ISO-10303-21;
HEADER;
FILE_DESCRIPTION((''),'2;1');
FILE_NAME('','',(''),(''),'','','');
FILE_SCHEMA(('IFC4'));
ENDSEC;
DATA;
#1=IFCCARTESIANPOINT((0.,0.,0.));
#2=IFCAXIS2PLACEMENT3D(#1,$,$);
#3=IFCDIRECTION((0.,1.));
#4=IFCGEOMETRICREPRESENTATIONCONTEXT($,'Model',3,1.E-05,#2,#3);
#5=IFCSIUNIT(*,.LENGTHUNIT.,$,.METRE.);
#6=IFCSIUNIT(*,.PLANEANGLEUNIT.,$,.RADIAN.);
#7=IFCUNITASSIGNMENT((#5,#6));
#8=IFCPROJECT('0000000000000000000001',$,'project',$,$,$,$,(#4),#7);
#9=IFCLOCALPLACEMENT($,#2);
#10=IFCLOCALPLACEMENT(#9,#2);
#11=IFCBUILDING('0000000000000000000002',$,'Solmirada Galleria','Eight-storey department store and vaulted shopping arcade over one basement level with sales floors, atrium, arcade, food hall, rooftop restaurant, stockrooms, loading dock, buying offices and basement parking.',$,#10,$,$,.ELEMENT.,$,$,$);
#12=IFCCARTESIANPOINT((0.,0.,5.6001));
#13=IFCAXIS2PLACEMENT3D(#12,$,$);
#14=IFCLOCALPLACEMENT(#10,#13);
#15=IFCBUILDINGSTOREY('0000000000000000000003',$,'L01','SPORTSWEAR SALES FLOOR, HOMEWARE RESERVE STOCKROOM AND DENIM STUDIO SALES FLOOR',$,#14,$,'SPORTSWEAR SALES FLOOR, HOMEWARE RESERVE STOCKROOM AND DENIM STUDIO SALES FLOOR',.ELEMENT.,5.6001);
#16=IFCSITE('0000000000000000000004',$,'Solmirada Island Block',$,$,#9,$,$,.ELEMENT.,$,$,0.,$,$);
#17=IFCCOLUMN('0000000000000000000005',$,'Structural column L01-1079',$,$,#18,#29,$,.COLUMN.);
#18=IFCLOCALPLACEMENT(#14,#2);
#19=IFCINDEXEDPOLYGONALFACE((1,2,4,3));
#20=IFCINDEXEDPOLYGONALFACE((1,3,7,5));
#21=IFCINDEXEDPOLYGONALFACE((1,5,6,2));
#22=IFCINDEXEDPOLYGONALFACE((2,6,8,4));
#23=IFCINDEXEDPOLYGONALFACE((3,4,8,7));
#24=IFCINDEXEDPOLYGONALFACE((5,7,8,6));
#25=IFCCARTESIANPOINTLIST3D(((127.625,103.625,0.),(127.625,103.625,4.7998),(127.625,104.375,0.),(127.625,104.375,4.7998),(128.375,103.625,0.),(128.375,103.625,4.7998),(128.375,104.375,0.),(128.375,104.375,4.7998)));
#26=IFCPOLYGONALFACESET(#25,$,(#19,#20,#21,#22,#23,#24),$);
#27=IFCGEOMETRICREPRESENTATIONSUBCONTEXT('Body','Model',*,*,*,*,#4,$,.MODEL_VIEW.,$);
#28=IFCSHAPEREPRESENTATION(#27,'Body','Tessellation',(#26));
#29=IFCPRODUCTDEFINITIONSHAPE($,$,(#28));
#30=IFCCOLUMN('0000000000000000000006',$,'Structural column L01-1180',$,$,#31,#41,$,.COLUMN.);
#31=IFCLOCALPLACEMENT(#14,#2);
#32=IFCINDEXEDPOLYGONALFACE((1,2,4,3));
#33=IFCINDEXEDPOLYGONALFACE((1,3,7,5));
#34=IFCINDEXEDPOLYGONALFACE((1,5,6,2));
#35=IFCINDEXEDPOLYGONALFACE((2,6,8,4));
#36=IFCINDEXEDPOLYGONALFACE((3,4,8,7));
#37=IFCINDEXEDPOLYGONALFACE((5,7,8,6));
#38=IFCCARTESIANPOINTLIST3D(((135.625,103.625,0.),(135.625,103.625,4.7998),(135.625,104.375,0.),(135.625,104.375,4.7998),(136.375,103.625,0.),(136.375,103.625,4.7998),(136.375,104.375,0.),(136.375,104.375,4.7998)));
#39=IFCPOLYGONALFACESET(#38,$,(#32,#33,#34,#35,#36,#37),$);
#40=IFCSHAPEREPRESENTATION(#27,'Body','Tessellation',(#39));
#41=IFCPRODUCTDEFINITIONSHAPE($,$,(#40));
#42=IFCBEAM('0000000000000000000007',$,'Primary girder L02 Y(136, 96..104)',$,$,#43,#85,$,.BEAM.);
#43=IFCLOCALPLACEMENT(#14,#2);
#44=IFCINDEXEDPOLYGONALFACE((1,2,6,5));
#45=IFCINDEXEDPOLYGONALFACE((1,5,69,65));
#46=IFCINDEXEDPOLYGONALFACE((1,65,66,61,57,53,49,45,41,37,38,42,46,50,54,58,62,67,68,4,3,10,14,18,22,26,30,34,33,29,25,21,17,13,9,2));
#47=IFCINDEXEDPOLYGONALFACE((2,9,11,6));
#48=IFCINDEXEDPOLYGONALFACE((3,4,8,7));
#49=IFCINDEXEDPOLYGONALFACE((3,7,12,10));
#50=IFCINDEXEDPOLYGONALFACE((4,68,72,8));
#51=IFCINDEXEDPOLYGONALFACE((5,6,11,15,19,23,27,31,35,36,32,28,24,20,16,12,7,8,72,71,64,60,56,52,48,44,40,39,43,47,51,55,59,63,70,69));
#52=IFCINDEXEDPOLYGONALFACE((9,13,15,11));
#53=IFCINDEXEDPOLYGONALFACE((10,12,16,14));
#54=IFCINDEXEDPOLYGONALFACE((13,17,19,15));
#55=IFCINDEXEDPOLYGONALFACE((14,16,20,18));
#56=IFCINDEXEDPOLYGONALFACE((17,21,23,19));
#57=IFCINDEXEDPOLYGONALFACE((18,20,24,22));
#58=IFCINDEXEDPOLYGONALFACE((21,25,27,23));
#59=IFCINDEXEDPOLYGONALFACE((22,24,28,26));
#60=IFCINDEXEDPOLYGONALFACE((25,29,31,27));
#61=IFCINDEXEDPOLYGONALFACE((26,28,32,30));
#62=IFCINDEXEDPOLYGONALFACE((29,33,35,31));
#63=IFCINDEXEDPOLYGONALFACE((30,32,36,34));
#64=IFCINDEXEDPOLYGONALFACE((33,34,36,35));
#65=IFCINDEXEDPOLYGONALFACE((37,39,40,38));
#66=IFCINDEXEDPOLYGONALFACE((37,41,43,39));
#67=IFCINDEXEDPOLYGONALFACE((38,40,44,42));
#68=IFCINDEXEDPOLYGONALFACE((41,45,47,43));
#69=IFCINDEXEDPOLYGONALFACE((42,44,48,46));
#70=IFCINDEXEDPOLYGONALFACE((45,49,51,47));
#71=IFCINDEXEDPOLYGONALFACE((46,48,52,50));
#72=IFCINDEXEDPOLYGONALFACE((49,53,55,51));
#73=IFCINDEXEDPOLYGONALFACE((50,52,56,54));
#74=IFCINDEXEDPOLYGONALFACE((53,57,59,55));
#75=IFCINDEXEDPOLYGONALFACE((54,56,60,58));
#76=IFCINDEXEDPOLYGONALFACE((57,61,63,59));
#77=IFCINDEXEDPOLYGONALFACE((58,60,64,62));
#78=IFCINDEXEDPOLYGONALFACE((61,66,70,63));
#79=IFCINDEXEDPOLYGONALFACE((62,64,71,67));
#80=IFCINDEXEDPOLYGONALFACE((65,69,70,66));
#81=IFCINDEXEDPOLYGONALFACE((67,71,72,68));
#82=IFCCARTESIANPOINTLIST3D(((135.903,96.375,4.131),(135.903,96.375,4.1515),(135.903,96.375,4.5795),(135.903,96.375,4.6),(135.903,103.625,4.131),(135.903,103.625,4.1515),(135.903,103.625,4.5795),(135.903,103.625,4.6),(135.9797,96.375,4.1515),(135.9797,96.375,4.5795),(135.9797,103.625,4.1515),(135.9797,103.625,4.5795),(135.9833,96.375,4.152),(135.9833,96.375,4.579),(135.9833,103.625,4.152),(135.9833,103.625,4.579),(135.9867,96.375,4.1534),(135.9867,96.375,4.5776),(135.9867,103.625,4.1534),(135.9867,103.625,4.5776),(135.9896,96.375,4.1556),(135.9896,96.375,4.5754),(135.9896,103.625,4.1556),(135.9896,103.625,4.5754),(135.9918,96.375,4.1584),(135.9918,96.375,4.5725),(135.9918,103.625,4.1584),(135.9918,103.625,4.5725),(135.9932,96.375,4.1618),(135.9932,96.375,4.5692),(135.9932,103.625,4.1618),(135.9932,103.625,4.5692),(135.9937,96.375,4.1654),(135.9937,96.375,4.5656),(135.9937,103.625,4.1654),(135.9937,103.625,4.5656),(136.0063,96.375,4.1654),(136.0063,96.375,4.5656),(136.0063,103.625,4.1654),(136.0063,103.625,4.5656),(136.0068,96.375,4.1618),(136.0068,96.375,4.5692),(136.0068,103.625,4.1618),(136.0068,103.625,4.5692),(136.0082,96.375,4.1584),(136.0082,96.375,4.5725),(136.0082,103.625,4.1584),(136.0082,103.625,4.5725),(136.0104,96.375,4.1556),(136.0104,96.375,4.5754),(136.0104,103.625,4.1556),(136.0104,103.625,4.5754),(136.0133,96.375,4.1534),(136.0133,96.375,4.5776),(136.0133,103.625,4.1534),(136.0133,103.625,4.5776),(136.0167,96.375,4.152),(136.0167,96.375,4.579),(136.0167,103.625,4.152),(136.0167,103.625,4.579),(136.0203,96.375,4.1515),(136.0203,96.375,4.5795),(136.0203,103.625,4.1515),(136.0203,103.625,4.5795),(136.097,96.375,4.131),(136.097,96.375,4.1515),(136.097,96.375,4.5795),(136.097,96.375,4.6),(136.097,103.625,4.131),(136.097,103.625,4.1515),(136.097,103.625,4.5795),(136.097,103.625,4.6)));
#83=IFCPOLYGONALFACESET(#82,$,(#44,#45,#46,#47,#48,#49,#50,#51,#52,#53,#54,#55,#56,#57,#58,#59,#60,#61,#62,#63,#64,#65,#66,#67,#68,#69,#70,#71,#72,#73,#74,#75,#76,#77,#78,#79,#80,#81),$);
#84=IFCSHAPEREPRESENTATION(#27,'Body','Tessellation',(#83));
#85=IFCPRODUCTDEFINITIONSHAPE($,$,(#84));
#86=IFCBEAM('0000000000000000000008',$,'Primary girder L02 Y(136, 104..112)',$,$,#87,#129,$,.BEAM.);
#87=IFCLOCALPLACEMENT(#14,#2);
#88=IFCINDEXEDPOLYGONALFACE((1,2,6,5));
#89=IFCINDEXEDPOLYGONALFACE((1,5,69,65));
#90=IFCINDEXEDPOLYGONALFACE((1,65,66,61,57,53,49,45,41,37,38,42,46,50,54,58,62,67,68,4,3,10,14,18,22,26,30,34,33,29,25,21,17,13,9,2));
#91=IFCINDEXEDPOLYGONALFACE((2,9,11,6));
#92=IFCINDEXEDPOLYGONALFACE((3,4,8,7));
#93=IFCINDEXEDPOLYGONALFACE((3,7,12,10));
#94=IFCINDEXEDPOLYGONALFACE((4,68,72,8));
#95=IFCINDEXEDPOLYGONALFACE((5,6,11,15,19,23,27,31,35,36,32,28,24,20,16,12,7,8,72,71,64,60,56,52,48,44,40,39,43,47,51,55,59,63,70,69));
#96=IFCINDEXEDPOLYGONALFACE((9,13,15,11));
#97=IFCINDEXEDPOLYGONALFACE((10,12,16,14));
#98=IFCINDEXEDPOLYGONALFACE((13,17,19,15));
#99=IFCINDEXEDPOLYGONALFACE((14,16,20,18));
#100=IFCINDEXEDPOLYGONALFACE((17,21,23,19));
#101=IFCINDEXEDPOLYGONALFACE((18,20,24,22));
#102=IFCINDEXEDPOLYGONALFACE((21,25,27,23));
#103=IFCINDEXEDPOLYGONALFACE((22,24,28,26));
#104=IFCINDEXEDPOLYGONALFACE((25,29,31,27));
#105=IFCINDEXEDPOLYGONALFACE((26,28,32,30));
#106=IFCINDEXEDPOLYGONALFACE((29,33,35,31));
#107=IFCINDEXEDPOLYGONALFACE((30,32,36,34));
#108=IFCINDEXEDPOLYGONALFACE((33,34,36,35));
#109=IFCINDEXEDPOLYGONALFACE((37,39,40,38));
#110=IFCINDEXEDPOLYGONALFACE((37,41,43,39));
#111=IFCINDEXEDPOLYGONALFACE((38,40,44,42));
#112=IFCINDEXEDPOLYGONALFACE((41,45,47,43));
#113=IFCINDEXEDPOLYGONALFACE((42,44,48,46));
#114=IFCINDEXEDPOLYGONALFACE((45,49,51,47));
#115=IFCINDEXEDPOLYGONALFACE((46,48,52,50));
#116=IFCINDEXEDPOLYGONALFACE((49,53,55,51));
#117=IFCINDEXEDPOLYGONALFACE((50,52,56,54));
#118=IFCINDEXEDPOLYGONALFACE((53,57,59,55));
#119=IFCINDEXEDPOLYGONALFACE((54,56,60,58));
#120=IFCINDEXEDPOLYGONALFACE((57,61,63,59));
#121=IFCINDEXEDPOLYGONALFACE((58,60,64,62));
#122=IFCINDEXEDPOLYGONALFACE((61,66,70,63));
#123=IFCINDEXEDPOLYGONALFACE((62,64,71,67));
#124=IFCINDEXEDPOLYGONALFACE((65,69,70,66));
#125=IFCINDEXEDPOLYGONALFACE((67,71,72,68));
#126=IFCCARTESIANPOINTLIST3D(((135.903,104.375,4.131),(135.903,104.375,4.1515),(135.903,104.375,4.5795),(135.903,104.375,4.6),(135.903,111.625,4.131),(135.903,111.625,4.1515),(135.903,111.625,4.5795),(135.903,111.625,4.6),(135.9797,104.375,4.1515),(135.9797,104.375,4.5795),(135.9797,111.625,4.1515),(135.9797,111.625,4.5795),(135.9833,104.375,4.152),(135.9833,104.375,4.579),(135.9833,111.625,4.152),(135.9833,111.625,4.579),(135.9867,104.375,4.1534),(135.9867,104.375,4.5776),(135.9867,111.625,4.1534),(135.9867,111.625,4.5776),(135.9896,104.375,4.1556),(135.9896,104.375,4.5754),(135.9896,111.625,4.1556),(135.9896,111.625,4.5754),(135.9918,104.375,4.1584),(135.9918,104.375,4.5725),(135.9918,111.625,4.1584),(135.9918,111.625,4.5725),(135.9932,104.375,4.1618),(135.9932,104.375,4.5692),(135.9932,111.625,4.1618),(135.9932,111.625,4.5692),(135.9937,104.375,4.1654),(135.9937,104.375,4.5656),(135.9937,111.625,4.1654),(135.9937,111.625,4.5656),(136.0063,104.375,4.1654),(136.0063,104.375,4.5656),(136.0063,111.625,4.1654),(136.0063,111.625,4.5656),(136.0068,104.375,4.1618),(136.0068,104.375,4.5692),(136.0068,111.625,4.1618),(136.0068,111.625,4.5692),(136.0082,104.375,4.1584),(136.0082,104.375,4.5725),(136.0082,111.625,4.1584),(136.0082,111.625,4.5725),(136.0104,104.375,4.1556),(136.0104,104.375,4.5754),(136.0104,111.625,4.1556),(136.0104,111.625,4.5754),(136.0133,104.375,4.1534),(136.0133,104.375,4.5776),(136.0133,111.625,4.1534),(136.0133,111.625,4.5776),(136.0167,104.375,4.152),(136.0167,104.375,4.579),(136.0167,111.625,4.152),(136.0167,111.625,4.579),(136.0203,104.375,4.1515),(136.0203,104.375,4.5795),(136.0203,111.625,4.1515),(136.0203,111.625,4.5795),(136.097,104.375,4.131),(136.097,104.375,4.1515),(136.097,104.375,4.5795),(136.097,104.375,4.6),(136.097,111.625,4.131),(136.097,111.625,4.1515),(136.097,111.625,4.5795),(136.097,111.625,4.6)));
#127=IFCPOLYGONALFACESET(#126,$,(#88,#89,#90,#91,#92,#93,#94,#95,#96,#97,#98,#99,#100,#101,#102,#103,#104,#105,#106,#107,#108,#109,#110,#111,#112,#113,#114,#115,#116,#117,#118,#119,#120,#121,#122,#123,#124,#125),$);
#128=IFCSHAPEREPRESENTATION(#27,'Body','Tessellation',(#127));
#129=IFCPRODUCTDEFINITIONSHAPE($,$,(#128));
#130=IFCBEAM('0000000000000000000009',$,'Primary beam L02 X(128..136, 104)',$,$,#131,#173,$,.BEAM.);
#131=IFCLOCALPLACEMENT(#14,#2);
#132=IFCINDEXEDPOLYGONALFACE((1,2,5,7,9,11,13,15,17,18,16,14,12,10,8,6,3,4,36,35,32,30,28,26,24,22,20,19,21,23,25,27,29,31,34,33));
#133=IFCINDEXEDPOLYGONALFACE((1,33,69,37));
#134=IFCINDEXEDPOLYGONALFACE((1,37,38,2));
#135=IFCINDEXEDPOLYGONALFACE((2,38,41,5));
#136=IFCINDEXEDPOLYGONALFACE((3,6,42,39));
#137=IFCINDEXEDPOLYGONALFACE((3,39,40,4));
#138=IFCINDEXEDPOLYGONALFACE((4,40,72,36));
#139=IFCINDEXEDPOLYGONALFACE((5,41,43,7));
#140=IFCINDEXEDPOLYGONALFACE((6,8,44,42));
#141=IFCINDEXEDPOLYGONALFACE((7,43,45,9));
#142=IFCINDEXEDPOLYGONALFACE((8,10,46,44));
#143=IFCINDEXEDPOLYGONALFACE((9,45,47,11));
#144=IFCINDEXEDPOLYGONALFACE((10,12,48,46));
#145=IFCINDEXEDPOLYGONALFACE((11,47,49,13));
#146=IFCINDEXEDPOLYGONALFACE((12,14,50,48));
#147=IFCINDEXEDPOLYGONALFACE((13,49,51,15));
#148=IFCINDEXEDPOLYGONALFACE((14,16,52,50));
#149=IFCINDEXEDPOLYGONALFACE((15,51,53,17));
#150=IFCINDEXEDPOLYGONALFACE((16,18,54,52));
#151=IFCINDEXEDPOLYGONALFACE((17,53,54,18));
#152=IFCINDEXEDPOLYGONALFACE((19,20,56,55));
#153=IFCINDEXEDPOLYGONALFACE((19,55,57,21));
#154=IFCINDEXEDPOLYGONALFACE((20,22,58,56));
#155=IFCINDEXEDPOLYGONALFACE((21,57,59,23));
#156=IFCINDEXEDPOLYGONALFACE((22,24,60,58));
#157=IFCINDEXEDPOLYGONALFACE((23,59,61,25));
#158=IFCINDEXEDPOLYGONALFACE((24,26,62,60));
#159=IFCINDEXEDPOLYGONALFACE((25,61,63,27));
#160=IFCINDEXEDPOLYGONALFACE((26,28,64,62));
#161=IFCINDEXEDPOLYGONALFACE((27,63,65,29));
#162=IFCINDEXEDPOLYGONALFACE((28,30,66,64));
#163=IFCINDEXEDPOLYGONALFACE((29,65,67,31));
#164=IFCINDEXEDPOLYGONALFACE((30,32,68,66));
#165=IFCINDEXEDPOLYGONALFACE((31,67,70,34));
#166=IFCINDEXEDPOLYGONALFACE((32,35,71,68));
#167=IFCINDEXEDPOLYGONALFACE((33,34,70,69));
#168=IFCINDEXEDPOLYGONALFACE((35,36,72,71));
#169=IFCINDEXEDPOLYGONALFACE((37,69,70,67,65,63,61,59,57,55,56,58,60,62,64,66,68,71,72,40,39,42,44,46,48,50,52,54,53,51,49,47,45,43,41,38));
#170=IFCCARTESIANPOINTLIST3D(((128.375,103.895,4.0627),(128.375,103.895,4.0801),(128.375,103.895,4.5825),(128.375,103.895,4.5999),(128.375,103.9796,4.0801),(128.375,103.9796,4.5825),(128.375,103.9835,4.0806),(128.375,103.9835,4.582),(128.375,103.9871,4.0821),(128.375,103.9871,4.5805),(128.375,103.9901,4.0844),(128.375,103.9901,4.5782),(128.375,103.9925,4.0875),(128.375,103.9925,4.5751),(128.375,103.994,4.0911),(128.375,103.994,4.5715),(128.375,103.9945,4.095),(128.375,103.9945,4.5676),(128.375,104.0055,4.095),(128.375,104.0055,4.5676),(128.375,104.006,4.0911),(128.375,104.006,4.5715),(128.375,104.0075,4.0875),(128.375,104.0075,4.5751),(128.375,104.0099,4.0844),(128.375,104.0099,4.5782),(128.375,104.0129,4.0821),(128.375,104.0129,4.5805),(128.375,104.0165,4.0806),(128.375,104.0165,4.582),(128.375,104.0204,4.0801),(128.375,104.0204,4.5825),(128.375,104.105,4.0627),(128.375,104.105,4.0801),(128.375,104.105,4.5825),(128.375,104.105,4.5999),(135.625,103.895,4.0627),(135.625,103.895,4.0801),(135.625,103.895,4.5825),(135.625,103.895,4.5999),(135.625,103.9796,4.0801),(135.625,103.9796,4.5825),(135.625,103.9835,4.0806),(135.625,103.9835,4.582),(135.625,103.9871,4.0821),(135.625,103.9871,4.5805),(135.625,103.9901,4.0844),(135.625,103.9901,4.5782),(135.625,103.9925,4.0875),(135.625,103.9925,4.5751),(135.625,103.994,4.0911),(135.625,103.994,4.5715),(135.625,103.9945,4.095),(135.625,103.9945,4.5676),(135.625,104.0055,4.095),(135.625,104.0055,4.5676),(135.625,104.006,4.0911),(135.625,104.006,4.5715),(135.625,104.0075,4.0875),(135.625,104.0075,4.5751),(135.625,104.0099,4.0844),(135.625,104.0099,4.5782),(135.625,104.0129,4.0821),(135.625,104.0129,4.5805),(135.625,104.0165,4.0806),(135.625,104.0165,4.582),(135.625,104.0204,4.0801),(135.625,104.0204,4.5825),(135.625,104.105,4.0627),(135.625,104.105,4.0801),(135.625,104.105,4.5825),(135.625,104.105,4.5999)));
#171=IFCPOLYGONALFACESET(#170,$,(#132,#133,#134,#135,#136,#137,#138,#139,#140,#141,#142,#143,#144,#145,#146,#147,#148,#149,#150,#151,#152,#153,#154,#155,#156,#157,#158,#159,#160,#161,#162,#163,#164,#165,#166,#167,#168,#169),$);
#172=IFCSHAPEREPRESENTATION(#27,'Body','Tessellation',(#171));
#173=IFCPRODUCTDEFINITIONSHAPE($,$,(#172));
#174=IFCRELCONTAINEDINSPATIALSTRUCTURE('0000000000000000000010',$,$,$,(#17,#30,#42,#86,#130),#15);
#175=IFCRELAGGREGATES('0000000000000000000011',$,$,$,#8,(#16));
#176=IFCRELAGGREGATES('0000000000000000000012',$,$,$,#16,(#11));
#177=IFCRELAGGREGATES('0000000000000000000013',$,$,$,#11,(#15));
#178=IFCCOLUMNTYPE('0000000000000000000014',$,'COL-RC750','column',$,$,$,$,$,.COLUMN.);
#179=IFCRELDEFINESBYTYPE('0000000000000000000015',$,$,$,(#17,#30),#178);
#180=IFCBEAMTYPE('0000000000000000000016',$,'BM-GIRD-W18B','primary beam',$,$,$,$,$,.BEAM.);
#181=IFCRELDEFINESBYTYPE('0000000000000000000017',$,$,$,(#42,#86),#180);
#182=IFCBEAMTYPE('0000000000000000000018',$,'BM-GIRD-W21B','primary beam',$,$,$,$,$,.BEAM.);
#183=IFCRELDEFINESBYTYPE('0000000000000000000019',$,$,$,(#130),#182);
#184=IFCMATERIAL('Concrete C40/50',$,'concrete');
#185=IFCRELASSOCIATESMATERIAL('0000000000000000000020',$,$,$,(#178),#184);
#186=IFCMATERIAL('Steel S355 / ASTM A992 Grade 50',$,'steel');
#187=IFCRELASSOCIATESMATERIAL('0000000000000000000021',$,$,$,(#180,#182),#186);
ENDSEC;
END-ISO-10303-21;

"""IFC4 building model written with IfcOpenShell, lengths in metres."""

from ifc_helpers import new_model, si_unit, direction, frame, origin, origin_2d, place, context, subcontext, project, spatial, rectangle, i_section, extrude, material, material_profile, profile_set, type_object, element, save


model = new_model("IFC4")

# Units and contexts
model_context = context("Model", 3, precision=1e-05, world=origin(), true_north=direction((0.0, 1.0)))
body_context = subcontext(model_context, "Body", "Model", "MODEL_VIEW")
ifc_project = project(units=[si_unit("LENGTHUNIT", "METRE"), si_unit("PLANEANGLEUNIT", "RADIAN")], contexts=[model_context])

# Site, building, storey
site_placement = place(None, origin())
site = spatial("IfcSite", under=ifc_project, at=site_placement, Name="Solmirada Island Block", CompositionType="ELEMENT", RefElevation=0.0)
building_placement = place(site_placement, origin())
building = spatial("IfcBuilding", under=site, at=building_placement, Name="Solmirada Galleria", Description="Eight-storey department store and vaulted shopping arcade over one basement level with sales floors, atrium, arcade, food hall, rooftop restaurant, stockrooms, loading dock, buying offices and basement parking.", CompositionType="ELEMENT")
storey_placement = place(building_placement, frame((0.0, 0.0, 5.6001)))
storey = spatial("IfcBuildingStorey", under=building, at=storey_placement, Name="L01", Description="SPORTSWEAR SALES FLOOR, HOMEWARE RESERVE STOCKROOM AND DENIM STUDIO SALES FLOOR", LongName="SPORTSWEAR SALES FLOOR, HOMEWARE RESERVE STOCKROOM AND DENIM STUDIO SALES FLOOR", CompositionType="ELEMENT", Elevation=5.6001)

# Columns
ifc_material_1 = material(Name="Concrete C40/50", Category="concrete")
ifc_material_profile_1 = material_profile(ifc_material_1, rectangle(XDim=0.75, YDim=0.75, at=origin_2d()), Name="RC750X750")
ifc_profile_set_1 = profile_set([ifc_material_profile_1], Name="Concrete C40/50")
column_type = type_object("IfcColumnType", Name="COL-RC750", Description="column", PredefinedType="COLUMN", material=ifc_profile_set_1)
for number, where, z_axis, x_axis, name in (
    (1, (128.0, 104.0, 0.0), (0.0, 0.0, 1.0), (1.0, 0.0, 0.0), "Structural column L01-1079"),
    (2, (136.0, 104.0, 0.0), (0.0, 0.0, 1.0), (1.0, 0.0, 0.0), "Structural column L01-1180"),
):
    element("IfcColumn", number, at=place(storey_placement, frame(where, z_axis=z_axis, x_axis=x_axis)), inside=storey, type_object=column_type, Name=name, PredefinedType="COLUMN", context=body_context, shape_type="SweptSolid", body=[
        extrude(rectangle(XDim=0.75, YDim=0.75, at=origin_2d()), origin(), (0.0, 0.0, 1.0), 4.7998),
    ])

# Beams
ifc_material_2 = material(Name="Steel S355 / ASTM A992 Grade 50", Category="steel")
ifc_material_profile_2 = material_profile(ifc_material_2, i_section(OverallWidth=0.1941, OverallDepth=0.469, WebThickness=0.0127, FlangeThickness=0.0205, FilletRadius=0.0139, at=origin_2d()), Name="W18X71")
ifc_profile_set_2 = profile_set([ifc_material_profile_2], Name="Steel S355 / ASTM A992 Grade 50")
beam_type_1 = type_object("IfcBeamType", Name="BM-GIRD-W18B", Description="primary beam", PredefinedType="BEAM", material=ifc_profile_set_2)
for number, where, z_axis, x_axis, name in (
    (3, (136.0, 96.375, 4.3655), (0.0, 1.0, 0.0), (-1.0, 0.0, 0.0), "Primary girder L02 Y(136, 96..104)"),
    (4, (136.0, 104.375, 4.3655), (0.0, 1.0, 0.0), (-1.0, 0.0, 0.0), "Primary girder L02 Y(136, 104..112)"),
):
    element("IfcBeam", number, at=place(storey_placement, frame(where, z_axis=z_axis, x_axis=x_axis)), inside=storey, type_object=beam_type_1, Name=name, PredefinedType="BEAM", context=body_context, shape_type="SweptSolid", body=[
        extrude(i_section(OverallWidth=0.1941, OverallDepth=0.469, WebThickness=0.0127, FlangeThickness=0.0205, FilletRadius=0.0139, at=origin_2d()), origin(), (0.0, 0.0, 1.0), 7.25),
    ])
ifc_material_profile_3 = material_profile(ifc_material_2, i_section(OverallWidth=0.21, OverallDepth=0.5371, WebThickness=0.011, FlangeThickness=0.0173, FilletRadius=0.0149, at=origin_2d()), Name="W21X68")
ifc_profile_set_3 = profile_set([ifc_material_profile_3], Name="Steel S355 / ASTM A992 Grade 50")
beam_type_2 = type_object("IfcBeamType", Name="BM-GIRD-W21B", Description="primary beam", PredefinedType="BEAM", material=ifc_profile_set_3)
for number, where, z_axis, x_axis, name in (
    (5, (128.375, 104.0, 4.3313), (1.0, 0.0, 0.0), (0.0, 1.0, 0.0), "Primary beam L02 X(128..136, 104)"),
):
    element("IfcBeam", number, at=place(storey_placement, frame(where, z_axis=z_axis, x_axis=x_axis)), inside=storey, type_object=beam_type_2, Name=name, PredefinedType="BEAM", context=body_context, shape_type="SweptSolid", body=[
        extrude(i_section(OverallWidth=0.21, OverallDepth=0.5371, WebThickness=0.011, FlangeThickness=0.0173, FilletRadius=0.0149, at=origin_2d()), origin(), (0.0, 0.0, 1.0), 7.25),
    ])

save(model, "model.ifc")
